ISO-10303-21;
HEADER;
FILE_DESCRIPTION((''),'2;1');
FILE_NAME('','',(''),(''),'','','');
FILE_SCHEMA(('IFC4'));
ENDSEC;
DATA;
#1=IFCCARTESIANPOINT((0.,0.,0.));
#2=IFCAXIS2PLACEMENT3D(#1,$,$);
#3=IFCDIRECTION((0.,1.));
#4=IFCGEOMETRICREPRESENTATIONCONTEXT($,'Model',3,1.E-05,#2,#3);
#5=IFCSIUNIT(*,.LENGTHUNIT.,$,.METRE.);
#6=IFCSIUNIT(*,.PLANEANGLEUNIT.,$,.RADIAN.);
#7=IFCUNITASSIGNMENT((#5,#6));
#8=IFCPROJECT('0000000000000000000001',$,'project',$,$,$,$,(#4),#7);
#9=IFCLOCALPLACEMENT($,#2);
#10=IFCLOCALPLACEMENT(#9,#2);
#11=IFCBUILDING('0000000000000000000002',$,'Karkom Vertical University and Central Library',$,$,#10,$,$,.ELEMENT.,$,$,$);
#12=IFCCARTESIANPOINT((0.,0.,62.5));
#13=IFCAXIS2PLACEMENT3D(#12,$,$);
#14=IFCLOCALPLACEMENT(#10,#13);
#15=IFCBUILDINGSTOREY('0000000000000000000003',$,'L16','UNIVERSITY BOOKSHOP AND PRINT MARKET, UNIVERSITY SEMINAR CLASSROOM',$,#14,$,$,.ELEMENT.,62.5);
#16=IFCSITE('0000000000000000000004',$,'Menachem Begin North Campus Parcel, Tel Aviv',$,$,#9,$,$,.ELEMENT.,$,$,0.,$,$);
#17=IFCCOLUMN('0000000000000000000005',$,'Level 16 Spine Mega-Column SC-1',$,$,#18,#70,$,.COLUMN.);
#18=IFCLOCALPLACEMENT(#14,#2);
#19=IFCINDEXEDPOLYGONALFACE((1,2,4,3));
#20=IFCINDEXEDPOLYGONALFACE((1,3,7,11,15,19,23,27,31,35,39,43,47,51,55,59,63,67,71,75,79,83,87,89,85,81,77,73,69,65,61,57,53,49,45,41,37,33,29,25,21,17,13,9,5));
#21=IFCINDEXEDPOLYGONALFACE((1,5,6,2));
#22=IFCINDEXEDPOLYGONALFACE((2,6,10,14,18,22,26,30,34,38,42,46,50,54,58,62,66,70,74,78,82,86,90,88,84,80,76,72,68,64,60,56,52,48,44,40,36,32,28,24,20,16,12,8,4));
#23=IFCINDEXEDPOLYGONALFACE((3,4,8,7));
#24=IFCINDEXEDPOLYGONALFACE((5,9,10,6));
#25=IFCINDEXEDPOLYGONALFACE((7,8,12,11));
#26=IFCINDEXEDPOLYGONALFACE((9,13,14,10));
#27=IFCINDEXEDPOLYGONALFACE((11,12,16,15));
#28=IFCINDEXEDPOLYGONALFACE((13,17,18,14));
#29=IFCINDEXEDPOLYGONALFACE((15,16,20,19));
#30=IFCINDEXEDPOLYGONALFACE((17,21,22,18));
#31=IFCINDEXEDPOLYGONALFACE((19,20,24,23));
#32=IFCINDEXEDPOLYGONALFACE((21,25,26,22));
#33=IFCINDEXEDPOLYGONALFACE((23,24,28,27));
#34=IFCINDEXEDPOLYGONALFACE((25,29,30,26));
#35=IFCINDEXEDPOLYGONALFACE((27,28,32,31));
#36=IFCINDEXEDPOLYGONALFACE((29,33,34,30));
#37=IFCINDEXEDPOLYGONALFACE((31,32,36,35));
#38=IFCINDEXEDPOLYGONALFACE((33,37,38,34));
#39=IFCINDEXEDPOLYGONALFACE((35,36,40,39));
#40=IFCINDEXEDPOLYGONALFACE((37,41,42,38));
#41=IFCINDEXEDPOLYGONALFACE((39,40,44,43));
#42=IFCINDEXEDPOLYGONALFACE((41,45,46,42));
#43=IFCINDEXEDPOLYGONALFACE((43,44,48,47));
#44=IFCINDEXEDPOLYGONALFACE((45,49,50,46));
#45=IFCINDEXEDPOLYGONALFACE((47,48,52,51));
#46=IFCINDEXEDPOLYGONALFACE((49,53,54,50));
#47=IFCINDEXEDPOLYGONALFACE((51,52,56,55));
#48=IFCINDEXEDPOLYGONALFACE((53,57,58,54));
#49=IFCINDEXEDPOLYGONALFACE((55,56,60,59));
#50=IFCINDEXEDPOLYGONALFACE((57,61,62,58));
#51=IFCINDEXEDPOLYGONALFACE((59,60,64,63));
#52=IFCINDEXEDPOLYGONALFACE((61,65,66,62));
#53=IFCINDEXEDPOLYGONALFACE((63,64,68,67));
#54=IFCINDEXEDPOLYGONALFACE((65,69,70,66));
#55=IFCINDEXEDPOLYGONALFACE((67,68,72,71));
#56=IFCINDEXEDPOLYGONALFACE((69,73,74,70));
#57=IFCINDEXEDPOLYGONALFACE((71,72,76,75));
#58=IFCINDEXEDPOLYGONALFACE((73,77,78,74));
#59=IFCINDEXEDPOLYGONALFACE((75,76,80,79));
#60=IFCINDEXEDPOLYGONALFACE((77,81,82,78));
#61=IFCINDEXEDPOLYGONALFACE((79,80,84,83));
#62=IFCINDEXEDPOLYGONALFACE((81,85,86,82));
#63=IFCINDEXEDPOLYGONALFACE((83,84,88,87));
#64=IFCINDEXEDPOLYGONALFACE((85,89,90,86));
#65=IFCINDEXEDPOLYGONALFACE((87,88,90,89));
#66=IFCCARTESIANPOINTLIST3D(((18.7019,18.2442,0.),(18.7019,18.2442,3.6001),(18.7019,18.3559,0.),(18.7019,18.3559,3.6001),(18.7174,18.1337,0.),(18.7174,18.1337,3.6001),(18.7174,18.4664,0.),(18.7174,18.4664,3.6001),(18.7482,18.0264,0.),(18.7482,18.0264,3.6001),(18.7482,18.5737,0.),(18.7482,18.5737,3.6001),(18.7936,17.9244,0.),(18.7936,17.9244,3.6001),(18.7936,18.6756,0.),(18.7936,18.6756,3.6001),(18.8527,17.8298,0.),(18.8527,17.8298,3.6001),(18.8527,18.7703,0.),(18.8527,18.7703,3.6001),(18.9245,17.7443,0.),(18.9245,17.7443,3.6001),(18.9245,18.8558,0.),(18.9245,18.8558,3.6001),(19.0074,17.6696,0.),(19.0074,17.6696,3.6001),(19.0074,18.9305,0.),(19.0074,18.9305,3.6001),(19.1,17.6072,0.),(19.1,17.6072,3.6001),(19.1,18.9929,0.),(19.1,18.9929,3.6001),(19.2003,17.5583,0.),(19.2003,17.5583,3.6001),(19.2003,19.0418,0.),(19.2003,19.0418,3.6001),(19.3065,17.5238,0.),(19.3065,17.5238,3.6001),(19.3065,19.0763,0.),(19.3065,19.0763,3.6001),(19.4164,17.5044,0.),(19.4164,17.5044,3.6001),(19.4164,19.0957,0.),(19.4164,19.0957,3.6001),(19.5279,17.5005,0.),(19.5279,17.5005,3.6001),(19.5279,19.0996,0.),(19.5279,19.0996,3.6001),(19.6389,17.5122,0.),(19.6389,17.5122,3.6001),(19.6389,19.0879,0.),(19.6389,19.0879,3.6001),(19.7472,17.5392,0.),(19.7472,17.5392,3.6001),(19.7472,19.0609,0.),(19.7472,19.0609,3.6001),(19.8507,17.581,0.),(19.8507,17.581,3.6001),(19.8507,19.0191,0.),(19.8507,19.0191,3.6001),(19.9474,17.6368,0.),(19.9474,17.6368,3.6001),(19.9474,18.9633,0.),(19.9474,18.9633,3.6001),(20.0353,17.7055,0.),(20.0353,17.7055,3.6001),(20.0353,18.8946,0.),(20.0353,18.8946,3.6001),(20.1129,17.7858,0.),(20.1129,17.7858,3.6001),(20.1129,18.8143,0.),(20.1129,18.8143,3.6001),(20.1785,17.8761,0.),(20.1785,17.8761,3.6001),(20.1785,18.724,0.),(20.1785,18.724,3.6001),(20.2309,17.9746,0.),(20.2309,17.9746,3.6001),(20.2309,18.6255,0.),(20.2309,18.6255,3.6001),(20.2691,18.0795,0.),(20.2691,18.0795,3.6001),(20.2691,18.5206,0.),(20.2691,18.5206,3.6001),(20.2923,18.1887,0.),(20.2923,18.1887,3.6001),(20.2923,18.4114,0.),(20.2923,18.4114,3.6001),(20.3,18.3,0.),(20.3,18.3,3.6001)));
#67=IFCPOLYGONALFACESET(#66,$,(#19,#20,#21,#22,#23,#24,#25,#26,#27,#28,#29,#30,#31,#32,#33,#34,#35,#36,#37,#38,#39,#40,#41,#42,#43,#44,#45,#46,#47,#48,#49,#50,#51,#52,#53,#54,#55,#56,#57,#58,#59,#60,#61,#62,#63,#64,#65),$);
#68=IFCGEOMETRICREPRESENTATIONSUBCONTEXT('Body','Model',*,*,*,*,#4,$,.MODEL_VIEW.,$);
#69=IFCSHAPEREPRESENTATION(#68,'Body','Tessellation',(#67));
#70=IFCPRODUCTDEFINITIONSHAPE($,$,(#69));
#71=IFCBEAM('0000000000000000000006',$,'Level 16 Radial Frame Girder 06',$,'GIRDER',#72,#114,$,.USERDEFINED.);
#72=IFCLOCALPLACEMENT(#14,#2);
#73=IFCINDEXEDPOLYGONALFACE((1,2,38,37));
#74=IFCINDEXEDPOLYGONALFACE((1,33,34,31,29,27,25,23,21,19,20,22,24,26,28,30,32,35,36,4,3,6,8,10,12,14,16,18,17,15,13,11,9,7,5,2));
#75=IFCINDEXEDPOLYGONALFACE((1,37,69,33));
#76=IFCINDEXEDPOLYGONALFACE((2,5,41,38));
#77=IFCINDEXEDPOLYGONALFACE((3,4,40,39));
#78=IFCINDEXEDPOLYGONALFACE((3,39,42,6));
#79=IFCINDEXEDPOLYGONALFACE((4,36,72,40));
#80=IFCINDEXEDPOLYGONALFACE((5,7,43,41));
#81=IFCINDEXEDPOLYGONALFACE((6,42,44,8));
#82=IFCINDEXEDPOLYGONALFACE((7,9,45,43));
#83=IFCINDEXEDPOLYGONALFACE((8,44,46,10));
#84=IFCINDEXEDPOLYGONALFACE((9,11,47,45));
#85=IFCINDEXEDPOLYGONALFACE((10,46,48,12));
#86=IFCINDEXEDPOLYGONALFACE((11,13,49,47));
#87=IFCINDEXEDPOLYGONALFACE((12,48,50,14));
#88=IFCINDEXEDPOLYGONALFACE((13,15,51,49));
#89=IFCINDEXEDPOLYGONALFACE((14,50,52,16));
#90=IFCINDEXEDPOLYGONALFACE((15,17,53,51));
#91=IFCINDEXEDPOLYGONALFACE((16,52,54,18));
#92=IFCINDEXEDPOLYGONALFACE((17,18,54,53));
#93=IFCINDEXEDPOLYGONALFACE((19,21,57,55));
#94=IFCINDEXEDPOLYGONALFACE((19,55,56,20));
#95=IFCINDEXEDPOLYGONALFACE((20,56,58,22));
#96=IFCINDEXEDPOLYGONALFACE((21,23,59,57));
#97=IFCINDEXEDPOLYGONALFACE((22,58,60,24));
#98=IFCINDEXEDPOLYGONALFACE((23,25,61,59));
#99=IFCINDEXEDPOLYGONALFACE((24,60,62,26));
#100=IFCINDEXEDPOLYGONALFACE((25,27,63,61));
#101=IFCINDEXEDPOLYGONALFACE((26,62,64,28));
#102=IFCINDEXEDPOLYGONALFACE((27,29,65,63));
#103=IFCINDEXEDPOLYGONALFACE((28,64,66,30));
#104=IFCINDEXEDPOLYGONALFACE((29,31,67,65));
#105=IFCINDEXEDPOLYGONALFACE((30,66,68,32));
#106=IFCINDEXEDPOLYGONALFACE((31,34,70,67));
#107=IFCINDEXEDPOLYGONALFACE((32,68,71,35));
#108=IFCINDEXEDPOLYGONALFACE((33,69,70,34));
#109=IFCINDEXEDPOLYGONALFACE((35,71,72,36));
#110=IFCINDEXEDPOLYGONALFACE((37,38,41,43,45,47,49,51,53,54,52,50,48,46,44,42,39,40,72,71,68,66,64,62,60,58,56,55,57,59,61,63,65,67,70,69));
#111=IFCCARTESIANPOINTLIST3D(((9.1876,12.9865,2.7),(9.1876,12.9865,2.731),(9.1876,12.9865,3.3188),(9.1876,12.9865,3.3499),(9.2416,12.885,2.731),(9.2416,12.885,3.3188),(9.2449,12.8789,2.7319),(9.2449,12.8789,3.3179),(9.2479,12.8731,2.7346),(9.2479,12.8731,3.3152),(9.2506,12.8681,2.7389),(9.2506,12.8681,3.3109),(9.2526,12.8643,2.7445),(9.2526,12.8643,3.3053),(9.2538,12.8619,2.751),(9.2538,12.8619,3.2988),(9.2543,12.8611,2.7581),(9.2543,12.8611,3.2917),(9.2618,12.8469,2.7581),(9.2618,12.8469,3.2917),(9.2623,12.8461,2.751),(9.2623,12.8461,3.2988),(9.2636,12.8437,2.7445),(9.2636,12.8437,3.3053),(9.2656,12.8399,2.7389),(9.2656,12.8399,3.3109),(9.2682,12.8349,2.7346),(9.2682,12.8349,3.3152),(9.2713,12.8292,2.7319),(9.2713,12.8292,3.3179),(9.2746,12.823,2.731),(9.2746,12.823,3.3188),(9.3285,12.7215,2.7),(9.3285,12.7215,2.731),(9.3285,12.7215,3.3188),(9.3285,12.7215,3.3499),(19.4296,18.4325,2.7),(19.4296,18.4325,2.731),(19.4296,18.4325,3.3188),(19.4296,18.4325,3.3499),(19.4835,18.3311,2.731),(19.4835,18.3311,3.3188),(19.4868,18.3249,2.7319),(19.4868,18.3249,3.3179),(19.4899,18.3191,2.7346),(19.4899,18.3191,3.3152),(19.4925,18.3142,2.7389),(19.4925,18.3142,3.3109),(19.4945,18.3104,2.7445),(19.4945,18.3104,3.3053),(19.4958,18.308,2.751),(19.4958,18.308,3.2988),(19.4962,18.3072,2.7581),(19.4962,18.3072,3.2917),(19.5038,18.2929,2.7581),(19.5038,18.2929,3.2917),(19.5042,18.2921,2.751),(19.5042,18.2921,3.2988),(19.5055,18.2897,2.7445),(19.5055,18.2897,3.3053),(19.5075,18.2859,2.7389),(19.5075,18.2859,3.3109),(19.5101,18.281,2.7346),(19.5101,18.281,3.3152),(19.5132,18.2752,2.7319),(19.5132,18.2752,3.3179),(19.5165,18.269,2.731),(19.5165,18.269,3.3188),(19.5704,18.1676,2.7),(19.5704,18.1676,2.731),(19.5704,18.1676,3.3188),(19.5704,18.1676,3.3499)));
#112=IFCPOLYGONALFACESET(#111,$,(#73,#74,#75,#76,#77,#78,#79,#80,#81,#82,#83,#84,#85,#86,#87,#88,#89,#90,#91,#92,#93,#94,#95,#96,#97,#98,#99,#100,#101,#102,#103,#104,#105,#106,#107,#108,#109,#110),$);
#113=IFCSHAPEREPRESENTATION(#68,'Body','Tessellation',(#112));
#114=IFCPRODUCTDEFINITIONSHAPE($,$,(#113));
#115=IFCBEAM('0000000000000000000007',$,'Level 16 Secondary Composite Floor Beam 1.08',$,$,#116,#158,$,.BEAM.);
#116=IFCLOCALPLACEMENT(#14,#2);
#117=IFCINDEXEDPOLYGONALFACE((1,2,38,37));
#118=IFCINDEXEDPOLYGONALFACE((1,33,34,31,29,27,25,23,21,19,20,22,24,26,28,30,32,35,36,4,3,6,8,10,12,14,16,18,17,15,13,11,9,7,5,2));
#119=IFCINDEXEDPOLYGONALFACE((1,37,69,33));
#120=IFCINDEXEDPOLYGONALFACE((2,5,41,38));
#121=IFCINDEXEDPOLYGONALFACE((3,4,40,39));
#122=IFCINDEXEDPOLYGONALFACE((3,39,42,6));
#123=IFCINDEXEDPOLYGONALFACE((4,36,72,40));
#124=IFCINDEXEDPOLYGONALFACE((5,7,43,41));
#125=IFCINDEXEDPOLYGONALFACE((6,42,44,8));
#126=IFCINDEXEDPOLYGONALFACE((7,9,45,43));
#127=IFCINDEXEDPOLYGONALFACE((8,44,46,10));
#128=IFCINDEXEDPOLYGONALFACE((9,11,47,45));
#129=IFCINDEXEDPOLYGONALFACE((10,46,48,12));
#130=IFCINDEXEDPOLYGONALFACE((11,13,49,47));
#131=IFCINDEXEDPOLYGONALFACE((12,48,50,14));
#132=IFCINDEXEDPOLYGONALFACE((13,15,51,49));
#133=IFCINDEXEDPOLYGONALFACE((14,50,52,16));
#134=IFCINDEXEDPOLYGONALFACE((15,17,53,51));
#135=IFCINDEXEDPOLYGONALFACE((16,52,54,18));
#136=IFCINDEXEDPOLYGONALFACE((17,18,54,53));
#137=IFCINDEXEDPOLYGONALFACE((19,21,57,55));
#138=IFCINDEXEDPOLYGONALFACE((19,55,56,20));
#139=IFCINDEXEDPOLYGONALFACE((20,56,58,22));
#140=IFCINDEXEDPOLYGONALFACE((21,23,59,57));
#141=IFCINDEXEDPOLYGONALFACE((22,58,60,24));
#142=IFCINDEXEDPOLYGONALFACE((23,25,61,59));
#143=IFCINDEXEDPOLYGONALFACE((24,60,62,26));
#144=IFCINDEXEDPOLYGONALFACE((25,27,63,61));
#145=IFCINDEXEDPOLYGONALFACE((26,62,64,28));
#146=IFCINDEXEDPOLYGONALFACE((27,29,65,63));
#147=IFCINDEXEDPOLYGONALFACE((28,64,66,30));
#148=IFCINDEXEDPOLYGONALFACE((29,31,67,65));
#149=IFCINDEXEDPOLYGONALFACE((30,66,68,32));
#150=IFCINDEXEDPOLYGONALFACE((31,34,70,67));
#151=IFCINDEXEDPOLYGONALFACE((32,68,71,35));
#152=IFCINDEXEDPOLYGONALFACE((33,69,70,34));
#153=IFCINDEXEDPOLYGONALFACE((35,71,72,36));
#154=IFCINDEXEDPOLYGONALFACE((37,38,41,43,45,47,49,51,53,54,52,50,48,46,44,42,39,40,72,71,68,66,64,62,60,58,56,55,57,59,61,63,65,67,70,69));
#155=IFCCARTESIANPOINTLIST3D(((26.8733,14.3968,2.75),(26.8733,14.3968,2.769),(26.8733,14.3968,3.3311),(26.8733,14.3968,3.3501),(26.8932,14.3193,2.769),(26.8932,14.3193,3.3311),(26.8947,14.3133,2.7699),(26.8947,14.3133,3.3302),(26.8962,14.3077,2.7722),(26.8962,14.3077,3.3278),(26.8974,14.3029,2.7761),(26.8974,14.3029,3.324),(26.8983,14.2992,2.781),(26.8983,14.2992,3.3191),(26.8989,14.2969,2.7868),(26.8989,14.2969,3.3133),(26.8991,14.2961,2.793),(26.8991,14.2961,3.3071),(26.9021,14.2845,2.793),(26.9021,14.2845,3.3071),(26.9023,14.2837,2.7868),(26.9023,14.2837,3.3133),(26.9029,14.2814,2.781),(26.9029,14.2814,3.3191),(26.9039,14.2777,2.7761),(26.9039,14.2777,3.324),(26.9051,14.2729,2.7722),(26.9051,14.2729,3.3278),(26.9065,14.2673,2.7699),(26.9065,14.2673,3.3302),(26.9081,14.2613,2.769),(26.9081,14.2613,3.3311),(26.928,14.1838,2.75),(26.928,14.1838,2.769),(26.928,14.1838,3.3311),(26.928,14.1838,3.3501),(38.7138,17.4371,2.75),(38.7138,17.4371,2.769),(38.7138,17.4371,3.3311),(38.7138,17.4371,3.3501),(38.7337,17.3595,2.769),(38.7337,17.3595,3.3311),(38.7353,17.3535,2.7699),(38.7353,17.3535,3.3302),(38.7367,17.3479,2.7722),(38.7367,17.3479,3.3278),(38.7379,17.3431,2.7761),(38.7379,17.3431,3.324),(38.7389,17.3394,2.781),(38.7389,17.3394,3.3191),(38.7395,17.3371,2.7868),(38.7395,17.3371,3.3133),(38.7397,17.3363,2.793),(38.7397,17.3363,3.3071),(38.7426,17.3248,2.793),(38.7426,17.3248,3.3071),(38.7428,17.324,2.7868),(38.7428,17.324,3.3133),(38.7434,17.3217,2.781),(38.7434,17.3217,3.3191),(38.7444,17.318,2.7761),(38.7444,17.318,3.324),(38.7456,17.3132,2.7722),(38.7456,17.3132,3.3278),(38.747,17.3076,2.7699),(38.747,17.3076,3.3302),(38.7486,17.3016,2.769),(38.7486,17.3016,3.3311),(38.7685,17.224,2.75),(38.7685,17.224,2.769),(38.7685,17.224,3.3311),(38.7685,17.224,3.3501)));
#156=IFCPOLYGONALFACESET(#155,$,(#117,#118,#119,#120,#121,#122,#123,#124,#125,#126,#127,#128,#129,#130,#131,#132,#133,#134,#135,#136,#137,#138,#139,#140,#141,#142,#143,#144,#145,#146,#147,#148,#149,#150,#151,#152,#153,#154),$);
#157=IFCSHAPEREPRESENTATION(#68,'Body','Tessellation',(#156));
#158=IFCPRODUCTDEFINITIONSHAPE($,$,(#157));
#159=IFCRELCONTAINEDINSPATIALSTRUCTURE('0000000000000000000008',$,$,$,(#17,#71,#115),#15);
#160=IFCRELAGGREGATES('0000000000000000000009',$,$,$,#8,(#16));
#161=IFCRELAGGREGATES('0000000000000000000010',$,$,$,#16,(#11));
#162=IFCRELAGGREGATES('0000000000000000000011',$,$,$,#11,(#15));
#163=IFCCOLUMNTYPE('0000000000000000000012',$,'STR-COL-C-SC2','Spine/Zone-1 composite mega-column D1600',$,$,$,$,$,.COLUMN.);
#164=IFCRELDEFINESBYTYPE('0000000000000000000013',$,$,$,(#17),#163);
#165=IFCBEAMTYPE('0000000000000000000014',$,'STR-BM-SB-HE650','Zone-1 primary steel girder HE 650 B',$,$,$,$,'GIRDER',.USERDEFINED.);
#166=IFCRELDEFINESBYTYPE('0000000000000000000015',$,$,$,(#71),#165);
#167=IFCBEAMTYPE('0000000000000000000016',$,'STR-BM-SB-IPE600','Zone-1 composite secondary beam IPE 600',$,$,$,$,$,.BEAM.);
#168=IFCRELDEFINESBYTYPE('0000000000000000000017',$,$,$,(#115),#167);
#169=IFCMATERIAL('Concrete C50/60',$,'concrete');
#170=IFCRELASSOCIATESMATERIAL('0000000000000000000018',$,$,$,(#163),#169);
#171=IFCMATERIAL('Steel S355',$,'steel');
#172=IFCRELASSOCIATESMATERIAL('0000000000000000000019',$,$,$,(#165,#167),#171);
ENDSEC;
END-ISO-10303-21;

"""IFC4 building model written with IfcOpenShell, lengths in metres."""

from ifc_helpers import new_model, si_unit, direction, frame, origin, origin_with_axes, origin_2d, place, context, subcontext, project, spatial, circle, i_section, extrude, source, transform, mapped, material, material_profile, profile_set, type_object, element, save


model = new_model("IFC4")

# Units and contexts
model_context = context("Model", 3, precision=1e-05, world=origin(), true_north=direction((0.0, 1.0)))
body_context = subcontext(model_context, "Body", "Model", "MODEL_VIEW")
ifc_project = project(units=[si_unit("LENGTHUNIT", "METRE"), si_unit("PLANEANGLEUNIT", "RADIAN")], contexts=[model_context])

# Site, building, storey
site_placement = place(None, origin())
site = spatial("IfcSite", under=ifc_project, at=site_placement, Name="Menachem Begin North Campus Parcel, Tel Aviv", CompositionType="ELEMENT", RefElevation=0.0)
building_placement = place(site_placement, origin())
building = spatial("IfcBuilding", under=site, at=building_placement, Name="Karkom Vertical University and Central Library", CompositionType="ELEMENT")
storey_placement = place(building_placement, frame((0.0, 0.0, 62.5)))
storey = spatial("IfcBuildingStorey", under=building, at=storey_placement, Name="L16", Description="UNIVERSITY BOOKSHOP AND PRINT MARKET, UNIVERSITY SEMINAR CLASSROOM", CompositionType="ELEMENT", Elevation=62.5)

# Column
ifc_material_1 = material(Name="Concrete C50/60", Category="concrete")
ifc_material_profile_1 = material_profile(ifc_material_1, circle(Radius=0.8, at=origin_2d()), Name="CFT-D1600")
ifc_profile_set_1 = profile_set([ifc_material_profile_1], Name="Concrete C50/60")
column_type = type_object("IfcColumnType", Name="STR-COL-C-SC2", Description="Spine/Zone-1 composite mega-column D1600", PredefinedType="COLUMN", material=ifc_profile_set_1)
shared_shape_1 = source(origin_with_axes(), body_context, "Body", "SweptSolid", [
    extrude(circle(Radius=0.8, at=origin_2d()), origin(), (0.0, 0.0, 1.0), 3.6001),
])
column_placement = place(storey_placement, frame((19.5, 18.3, 0.0), z_axis=(0.0, 0.0, 1.0), x_axis=(1.0, 0.0, 0.0)))
element("IfcColumn", 1, at=column_placement, inside=storey, type_object=column_type, Name="Level 16 Spine Mega-Column SC-1", PredefinedType="COLUMN", context=body_context, shape_type="MappedRepresentation", body=[
    mapped(shared_shape_1, transform((0.0, 0.0, 0.0), scale=1.0)),
])

# Beams
ifc_material_2 = material(Name="Steel S355", Category="steel")
ifc_material_profile_2 = material_profile(ifc_material_2, i_section(OverallWidth=0.3, OverallDepth=0.6499, WebThickness=0.0161, FlangeThickness=0.031, FilletRadius=0.0271, at=origin_2d()), Name="HE 650 B")
ifc_profile_set_2 = profile_set([ifc_material_profile_2], Name="Steel S355")
beam_type_1 = type_object("IfcBeamType", Name="STR-BM-SB-HE650", Description="Zone-1 primary steel girder HE 650 B", ElementType="GIRDER", PredefinedType="USERDEFINED", material=ifc_profile_set_2)
shared_shape_2 = source(origin_with_axes(), body_context, "Body", "SweptSolid", [
    extrude(i_section(OverallWidth=0.3, OverallDepth=0.6499, WebThickness=0.0161, FlangeThickness=0.031, FilletRadius=0.0271, at=origin_2d()), origin(), (0.0, 0.0, 1.0), 11.5999),
])
beam_1_placement = place(storey_placement, frame((19.5, 18.3, 3.0249), z_axis=(-0.882937, -0.469492, 0.0), x_axis=(0.469492, -0.882937, 0.0)))
element("IfcBeam", 2, at=beam_1_placement, inside=storey, type_object=beam_type_1, Name="Level 16 Radial Frame Girder 06", ObjectType="GIRDER", PredefinedType="USERDEFINED", context=body_context, shape_type="MappedRepresentation", body=[
    mapped(shared_shape_2, transform((0.0, 0.0, 0.0), scale=1.0)),
])
ifc_material_profile_3 = material_profile(ifc_material_2, i_section(OverallWidth=0.22, OverallDepth=0.6001, WebThickness=0.012, FlangeThickness=0.019, FilletRadius=0.0239, at=origin_2d()), Name="IPE 600")
ifc_profile_set_3 = profile_set([ifc_material_profile_3], Name="Steel S355")
beam_type_2 = type_object("IfcBeamType", Name="STR-BM-SB-IPE600", Description="Zone-1 composite secondary beam IPE 600", PredefinedType="BEAM", material=ifc_profile_set_3)
shared_shape_3 = source(origin_with_axes(), body_context, "Body", "SweptSolid", [
    extrude(i_section(OverallWidth=0.22, OverallDepth=0.6001, WebThickness=0.012, FlangeThickness=0.019, FilletRadius=0.0239, at=origin_2d()), origin(), (0.0, 0.0, 1.0), 12.2246),
])
beam_2_placement = place(storey_placement, frame((26.9006, 14.2903, 3.05), z_axis=(0.96858, 0.248701, 0.0), x_axis=(-0.248701, 0.96858, 0.0)))
element("IfcBeam", 3, at=beam_2_placement, inside=storey, type_object=beam_type_2, Name="Level 16 Secondary Composite Floor Beam 1.08", PredefinedType="BEAM", context=body_context, shape_type="MappedRepresentation", body=[
    mapped(shared_shape_3, transform((0.0, 0.0, 0.0), scale=1.0)),
])

save(model, "model.ifc")
